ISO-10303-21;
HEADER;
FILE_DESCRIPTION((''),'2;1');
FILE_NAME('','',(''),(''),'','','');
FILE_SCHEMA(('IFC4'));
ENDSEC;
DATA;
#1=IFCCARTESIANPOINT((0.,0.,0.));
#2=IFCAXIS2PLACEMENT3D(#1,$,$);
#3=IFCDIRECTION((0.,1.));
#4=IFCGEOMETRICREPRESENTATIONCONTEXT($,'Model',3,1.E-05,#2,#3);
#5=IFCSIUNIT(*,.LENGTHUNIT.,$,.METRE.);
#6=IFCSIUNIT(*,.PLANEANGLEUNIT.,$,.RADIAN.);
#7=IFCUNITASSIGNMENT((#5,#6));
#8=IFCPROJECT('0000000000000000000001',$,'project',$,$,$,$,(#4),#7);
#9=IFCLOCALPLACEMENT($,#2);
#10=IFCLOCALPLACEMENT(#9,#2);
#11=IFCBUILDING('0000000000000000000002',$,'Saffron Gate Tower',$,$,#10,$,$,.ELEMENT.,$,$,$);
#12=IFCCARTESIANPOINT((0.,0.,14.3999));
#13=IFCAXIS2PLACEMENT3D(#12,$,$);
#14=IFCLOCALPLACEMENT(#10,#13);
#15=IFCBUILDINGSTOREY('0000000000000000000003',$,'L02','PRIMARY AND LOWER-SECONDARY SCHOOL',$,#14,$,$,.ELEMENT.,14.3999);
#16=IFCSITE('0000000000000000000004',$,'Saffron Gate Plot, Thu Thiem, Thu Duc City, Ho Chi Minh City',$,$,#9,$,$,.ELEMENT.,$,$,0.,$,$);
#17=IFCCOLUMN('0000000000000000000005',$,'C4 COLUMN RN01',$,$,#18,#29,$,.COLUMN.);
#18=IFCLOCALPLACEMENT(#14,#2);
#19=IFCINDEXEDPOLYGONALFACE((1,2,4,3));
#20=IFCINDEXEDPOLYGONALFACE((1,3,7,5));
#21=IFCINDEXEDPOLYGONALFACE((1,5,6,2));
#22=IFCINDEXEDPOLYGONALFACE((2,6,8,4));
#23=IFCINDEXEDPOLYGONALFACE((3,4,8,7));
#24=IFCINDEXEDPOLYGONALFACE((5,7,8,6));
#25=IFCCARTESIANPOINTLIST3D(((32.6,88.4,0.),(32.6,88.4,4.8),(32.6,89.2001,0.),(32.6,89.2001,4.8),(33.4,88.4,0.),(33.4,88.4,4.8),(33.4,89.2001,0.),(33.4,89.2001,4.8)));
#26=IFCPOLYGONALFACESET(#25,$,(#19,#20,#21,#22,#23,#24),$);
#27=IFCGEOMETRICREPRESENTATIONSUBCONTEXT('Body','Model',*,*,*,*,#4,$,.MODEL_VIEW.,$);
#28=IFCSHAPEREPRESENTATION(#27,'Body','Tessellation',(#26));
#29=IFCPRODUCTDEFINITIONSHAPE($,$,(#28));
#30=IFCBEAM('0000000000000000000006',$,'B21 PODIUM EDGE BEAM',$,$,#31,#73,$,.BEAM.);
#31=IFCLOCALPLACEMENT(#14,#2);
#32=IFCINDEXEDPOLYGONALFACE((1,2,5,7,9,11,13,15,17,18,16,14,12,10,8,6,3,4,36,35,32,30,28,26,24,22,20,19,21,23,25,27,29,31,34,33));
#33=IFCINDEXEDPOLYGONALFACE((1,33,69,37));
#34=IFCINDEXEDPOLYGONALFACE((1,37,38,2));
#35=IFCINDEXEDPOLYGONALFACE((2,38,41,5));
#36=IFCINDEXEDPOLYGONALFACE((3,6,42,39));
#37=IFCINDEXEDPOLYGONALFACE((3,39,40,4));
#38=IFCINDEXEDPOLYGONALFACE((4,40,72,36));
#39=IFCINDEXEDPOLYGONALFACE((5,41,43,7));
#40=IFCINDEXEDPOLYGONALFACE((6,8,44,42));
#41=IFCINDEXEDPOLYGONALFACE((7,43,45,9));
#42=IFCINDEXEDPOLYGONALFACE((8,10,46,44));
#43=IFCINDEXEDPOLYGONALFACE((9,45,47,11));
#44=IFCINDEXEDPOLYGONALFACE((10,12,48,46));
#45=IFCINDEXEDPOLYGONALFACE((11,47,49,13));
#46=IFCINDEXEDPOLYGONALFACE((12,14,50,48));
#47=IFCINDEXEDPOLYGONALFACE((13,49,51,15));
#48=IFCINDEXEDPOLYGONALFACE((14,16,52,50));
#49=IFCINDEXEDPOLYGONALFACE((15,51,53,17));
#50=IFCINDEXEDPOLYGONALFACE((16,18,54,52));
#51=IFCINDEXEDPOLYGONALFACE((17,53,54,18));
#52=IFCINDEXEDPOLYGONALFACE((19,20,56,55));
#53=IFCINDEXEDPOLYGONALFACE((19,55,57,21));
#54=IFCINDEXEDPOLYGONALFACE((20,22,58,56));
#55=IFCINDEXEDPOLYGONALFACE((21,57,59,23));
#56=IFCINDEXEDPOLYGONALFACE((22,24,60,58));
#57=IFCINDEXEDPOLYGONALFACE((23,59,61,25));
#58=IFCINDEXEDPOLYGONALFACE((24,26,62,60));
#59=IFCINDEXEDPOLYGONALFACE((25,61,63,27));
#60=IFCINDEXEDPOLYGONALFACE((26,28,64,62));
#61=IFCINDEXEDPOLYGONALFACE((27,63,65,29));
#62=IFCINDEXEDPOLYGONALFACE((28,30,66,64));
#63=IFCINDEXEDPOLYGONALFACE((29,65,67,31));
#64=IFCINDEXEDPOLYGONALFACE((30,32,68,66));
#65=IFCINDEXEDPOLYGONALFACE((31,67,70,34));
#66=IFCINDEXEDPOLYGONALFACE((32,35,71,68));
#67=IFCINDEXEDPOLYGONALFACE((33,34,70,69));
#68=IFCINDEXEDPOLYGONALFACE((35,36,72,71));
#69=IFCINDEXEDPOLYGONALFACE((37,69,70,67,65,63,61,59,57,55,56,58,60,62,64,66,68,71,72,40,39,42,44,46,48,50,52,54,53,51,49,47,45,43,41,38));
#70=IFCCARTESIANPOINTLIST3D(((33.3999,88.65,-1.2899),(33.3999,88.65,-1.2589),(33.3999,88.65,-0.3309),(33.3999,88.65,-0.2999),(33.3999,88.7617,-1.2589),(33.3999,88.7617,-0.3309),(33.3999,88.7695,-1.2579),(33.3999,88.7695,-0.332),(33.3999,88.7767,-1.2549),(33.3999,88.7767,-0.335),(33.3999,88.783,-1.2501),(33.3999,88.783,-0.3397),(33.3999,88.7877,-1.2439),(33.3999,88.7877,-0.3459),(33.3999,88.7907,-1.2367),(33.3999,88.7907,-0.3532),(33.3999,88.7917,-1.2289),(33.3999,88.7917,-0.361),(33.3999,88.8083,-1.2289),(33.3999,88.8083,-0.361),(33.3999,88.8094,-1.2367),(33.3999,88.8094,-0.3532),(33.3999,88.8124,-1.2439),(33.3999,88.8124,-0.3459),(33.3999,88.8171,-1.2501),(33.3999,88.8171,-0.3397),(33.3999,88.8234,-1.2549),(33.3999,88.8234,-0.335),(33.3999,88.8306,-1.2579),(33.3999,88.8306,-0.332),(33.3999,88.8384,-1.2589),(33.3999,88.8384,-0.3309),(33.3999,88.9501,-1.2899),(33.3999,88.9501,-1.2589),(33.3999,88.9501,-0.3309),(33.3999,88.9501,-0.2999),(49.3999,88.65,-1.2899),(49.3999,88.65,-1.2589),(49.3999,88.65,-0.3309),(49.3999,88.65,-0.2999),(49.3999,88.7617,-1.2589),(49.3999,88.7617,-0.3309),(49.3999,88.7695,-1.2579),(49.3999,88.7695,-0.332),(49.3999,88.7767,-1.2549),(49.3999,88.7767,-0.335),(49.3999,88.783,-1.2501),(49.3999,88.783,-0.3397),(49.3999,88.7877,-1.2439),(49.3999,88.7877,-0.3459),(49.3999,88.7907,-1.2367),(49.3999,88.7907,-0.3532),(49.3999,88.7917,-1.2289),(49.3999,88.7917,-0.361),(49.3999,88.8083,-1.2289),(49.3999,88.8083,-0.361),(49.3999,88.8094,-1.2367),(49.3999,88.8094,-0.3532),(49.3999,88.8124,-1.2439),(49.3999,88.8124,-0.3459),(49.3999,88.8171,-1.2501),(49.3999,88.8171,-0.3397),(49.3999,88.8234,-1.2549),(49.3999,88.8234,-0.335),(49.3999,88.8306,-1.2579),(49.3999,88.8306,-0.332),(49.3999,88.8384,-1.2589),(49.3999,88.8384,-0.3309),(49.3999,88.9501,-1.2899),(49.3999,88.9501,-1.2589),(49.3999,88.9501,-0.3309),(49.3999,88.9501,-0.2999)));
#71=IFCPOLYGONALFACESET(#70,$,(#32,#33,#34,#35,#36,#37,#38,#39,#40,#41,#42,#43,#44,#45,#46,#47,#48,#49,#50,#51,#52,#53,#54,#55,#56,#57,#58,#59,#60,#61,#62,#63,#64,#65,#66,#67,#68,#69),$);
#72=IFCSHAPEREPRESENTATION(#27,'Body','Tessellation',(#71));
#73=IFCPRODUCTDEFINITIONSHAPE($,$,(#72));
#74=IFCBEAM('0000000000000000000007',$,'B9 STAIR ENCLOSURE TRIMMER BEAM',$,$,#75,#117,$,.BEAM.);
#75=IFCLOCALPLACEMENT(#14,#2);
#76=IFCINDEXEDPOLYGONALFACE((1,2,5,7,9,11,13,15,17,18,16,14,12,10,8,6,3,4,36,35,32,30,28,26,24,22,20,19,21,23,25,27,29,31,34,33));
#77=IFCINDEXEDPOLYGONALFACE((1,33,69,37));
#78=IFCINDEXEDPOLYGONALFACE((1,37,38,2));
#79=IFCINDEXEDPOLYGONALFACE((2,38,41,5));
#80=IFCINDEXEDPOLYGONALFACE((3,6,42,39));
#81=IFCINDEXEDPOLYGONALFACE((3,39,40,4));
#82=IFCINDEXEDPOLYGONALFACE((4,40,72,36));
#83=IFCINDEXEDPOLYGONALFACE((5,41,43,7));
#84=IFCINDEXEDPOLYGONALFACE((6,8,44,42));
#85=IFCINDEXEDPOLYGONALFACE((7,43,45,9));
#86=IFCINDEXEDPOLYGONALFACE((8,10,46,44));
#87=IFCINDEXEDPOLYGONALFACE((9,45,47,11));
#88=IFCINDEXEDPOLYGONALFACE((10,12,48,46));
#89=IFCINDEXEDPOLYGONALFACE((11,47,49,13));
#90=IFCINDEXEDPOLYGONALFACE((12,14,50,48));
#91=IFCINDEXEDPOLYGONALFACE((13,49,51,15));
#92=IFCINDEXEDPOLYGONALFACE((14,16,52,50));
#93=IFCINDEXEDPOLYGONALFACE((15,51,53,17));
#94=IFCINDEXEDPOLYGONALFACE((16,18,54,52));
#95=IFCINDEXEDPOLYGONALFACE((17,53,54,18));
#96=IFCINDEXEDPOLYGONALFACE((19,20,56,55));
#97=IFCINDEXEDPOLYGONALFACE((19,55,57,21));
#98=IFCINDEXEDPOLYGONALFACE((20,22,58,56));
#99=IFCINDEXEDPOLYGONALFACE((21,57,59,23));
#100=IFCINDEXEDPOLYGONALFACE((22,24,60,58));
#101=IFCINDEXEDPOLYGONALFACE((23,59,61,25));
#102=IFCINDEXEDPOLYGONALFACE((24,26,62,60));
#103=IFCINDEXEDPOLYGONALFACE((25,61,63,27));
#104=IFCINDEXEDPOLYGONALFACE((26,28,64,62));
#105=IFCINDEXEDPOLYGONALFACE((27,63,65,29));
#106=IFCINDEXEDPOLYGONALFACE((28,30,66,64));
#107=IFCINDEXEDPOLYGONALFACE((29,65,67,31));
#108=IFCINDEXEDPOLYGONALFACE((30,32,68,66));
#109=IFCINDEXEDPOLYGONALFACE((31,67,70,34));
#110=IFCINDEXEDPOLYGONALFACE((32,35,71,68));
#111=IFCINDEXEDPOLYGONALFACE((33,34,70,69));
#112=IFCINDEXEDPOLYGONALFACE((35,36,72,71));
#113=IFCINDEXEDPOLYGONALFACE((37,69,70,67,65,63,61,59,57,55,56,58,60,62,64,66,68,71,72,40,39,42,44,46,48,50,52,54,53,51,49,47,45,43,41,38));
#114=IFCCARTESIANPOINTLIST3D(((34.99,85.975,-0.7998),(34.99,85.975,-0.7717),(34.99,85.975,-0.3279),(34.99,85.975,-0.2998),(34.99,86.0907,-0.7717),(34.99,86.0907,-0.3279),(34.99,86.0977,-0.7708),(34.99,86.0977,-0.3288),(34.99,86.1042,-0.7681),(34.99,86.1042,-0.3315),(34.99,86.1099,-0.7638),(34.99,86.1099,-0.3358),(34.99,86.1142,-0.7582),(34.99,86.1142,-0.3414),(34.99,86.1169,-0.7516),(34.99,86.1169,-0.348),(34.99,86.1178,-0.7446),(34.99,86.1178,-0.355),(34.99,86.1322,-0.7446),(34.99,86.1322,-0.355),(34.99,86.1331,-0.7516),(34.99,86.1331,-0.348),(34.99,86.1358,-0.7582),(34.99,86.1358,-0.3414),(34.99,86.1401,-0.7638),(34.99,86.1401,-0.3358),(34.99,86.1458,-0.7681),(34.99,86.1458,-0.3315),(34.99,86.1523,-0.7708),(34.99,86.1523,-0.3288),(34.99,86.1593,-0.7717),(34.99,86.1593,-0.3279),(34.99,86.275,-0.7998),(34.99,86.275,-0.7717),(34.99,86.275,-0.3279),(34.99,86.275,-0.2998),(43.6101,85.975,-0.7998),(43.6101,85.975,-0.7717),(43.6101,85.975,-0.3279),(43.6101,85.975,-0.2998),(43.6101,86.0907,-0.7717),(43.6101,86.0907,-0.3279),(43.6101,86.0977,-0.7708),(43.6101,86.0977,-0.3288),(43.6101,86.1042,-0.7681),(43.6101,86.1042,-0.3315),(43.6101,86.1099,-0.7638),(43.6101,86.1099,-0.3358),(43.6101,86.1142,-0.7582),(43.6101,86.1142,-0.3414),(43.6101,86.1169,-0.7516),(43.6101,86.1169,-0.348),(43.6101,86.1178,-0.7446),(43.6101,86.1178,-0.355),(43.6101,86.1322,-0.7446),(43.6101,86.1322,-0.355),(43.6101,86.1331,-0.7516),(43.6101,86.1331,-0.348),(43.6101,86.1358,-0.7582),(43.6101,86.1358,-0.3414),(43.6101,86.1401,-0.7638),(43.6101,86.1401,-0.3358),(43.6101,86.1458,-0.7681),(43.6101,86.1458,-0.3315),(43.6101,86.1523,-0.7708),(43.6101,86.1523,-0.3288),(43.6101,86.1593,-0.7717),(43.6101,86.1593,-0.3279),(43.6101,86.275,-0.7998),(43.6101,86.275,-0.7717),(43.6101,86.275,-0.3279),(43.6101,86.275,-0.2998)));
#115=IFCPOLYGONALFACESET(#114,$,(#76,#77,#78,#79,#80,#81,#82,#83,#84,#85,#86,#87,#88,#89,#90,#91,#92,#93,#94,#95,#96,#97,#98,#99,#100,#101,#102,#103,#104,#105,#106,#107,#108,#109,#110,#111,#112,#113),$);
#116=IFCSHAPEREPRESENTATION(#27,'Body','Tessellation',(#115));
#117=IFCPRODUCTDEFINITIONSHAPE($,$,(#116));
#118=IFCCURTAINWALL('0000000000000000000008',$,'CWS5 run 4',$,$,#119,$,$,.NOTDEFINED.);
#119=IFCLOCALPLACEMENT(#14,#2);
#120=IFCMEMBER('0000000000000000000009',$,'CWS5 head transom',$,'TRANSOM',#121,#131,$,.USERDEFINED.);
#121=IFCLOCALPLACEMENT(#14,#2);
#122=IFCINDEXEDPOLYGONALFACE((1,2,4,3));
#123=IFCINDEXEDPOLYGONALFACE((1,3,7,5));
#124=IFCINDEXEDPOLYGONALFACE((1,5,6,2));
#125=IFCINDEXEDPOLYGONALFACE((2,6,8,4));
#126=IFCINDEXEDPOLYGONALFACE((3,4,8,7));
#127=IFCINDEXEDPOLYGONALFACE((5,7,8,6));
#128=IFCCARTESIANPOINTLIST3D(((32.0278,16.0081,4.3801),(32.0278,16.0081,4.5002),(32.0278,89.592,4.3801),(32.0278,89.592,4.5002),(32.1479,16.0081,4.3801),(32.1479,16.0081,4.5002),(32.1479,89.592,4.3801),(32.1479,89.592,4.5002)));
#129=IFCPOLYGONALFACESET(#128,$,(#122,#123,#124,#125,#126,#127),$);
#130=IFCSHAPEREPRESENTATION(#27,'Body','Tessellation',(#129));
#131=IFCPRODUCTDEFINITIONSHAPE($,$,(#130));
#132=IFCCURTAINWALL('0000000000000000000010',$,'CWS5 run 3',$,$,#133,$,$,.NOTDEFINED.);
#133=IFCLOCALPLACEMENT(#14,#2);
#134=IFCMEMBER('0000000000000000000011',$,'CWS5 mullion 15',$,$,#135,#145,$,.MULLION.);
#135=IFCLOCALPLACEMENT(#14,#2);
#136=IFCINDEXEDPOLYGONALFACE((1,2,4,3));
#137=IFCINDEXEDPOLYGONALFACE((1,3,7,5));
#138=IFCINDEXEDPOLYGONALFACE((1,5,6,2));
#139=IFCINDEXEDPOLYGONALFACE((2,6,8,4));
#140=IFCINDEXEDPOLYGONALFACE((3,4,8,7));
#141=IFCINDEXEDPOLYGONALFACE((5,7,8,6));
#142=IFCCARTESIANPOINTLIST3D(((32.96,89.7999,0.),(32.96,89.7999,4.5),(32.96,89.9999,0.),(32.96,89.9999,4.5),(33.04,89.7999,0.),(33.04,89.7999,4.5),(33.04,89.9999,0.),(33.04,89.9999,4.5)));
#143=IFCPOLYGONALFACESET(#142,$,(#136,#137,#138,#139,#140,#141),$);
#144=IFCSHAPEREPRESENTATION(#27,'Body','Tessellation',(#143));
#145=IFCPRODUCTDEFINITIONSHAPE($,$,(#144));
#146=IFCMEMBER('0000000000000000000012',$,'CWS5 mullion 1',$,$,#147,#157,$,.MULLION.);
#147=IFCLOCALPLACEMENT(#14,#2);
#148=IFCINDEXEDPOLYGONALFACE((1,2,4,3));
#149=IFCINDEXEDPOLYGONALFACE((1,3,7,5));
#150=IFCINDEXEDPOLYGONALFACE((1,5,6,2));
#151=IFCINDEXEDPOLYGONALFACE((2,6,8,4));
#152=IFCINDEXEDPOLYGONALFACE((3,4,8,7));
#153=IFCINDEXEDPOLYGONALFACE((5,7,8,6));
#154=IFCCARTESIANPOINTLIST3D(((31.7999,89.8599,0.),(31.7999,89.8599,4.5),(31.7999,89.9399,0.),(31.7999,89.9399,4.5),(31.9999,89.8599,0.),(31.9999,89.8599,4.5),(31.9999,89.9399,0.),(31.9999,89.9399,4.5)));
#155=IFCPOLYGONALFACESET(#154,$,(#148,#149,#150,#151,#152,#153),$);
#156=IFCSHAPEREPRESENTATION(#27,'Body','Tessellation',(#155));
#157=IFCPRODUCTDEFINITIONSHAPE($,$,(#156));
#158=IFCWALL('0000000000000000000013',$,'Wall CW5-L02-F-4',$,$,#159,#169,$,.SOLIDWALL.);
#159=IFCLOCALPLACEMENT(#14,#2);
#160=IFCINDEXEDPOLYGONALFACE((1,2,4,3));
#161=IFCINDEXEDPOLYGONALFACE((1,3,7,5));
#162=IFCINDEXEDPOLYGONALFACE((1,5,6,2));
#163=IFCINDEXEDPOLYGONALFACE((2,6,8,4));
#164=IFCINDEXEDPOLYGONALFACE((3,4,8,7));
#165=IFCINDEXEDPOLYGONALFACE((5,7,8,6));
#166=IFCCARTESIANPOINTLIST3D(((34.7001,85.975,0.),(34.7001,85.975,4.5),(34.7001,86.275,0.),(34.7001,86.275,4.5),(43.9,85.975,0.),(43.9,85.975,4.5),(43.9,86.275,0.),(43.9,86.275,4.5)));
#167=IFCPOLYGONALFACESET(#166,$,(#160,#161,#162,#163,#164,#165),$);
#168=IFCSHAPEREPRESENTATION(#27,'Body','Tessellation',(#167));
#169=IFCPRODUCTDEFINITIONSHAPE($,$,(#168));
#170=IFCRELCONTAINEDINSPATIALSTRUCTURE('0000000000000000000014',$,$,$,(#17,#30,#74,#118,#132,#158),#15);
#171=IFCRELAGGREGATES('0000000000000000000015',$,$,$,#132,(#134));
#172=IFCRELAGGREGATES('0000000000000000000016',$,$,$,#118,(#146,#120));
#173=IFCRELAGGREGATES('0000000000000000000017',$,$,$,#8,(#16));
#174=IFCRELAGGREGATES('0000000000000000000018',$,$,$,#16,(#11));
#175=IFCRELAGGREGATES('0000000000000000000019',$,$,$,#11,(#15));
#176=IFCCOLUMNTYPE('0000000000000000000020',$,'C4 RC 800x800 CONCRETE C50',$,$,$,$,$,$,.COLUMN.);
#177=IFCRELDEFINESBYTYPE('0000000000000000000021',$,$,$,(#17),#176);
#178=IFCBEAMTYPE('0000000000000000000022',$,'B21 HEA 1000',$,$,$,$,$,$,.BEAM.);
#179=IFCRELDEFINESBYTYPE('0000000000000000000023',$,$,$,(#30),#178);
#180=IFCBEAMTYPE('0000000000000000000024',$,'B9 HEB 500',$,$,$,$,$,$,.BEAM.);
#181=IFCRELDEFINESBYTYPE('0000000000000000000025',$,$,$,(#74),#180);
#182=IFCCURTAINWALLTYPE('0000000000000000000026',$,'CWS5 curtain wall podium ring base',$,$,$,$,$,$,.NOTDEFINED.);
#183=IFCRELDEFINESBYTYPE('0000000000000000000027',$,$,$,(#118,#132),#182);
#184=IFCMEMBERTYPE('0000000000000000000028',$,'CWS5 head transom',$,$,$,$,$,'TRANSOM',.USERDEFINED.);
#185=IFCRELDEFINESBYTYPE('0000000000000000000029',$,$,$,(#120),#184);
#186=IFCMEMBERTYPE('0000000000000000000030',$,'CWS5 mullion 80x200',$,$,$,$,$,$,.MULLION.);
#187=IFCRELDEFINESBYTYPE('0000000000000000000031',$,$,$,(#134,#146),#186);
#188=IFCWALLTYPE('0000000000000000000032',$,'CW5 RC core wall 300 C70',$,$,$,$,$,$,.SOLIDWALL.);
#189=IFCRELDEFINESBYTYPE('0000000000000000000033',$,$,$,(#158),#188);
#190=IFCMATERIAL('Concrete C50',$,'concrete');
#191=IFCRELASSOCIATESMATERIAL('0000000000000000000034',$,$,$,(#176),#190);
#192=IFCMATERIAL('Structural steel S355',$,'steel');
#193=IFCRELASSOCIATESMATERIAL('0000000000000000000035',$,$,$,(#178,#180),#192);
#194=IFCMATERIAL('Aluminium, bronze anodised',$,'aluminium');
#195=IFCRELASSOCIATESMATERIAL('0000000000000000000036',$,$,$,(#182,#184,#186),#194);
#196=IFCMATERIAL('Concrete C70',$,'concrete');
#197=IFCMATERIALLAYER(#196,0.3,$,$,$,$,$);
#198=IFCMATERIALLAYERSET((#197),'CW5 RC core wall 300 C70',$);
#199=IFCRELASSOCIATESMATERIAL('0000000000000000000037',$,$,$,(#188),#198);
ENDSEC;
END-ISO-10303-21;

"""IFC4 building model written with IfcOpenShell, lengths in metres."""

from ifc_helpers import new_model, si_unit, direction, frame, frame_2d, origin, origin_2d, place, context, subcontext, project, spatial, rectangle, i_section, extrude, material, layer, layer_set, material_profile, profile_set, type_object, element, aggregate, save


model = new_model("IFC4")

# Units and contexts
model_context = context("Model", 3, precision=1e-05, world=origin(), true_north=direction((0.0, 1.0)))
body_context = subcontext(model_context, "Body", "Model", "MODEL_VIEW")
ifc_project = project(units=[si_unit("LENGTHUNIT", "METRE"), si_unit("PLANEANGLEUNIT", "RADIAN")], contexts=[model_context])

# Site, building, storey
site_placement = place(None, origin())
site = spatial("IfcSite", under=ifc_project, at=site_placement, Name="Saffron Gate Plot, Thu Thiem, Thu Duc City, Ho Chi Minh City", CompositionType="ELEMENT", RefElevation=0.0)
building_placement = place(site_placement, origin())
building = spatial("IfcBuilding", under=site, at=building_placement, Name="Saffron Gate Tower", CompositionType="ELEMENT")
storey_placement = place(building_placement, frame((0.0, 0.0, 14.3999)))
storey = spatial("IfcBuildingStorey", under=building, at=storey_placement, Name="L02", Description="PRIMARY AND LOWER-SECONDARY SCHOOL", CompositionType="ELEMENT", Elevation=14.3999)

# Column
ifc_material_1 = material(Name="Concrete C50", Category="concrete")
ifc_material_profile_1 = material_profile(ifc_material_1, rectangle(XDim=0.8, YDim=0.8, at=origin_2d()))
ifc_profile_set_1 = profile_set([ifc_material_profile_1], Name="Concrete C50")
column_type = type_object("IfcColumnType", Name="C4 RC 800x800 CONCRETE C50", PredefinedType="COLUMN", material=ifc_profile_set_1)
column_placement = place(storey_placement, frame((33.0, 88.8, 0.0), z_axis=(0.0, 0.0, 1.0), x_axis=(1.0, 0.0, 0.0)))
element("IfcColumn", 1, at=column_placement, inside=storey, type_object=column_type, Name="C4 COLUMN RN01", PredefinedType="COLUMN", context=body_context, shape_type="SweptSolid", body=[
    extrude(rectangle(XDim=0.8, YDim=0.8, at=origin_2d()), origin(), (0.0, 0.0, 1.0), 4.8),
])

# Beams
ifc_material_2 = material(Name="Structural steel S355", Category="steel")
ifc_material_profile_2 = material_profile(ifc_material_2, i_section(OverallWidth=0.3, OverallDepth=0.99, WebThickness=0.0166, FlangeThickness=0.031, FilletRadius=0.03, at=origin_2d()))
ifc_profile_set_2 = profile_set([ifc_material_profile_2], Name="Structural steel S355")
beam_type_1 = type_object("IfcBeamType", Name="B21 HEA 1000", PredefinedType="BEAM", material=ifc_profile_set_2)
beam_1_placement = place(storey_placement, frame((33.3999, 88.8, -0.7949), z_axis=(1.0, 0.0, 0.0), x_axis=(0.0, 1.0, 0.0)))
element("IfcBeam", 2, at=beam_1_placement, inside=storey, type_object=beam_type_1, Name="B21 PODIUM EDGE BEAM", PredefinedType="BEAM", context=body_context, shape_type="SweptSolid", body=[
    extrude(i_section(OverallWidth=0.3, OverallDepth=0.99, WebThickness=0.0166, FlangeThickness=0.031, FilletRadius=0.03, at=origin_2d()), origin(), (0.0, 0.0, 1.0), 16.0),
])
ifc_material_profile_3 = material_profile(ifc_material_2, i_section(OverallWidth=0.3, OverallDepth=0.5, WebThickness=0.0144, FlangeThickness=0.0281, FilletRadius=0.0271, at=origin_2d()))
ifc_profile_set_3 = profile_set([ifc_material_profile_3], Name="Structural steel S355")
beam_type_2 = type_object("IfcBeamType", Name="B9 HEB 500", PredefinedType="BEAM", material=ifc_profile_set_3)
beam_2_placement = place(storey_placement, frame((34.99, 86.125, -0.5498), z_axis=(1.0, 0.0, 0.0), x_axis=(0.0, 1.0, 0.0)))
element("IfcBeam", 3, at=beam_2_placement, inside=storey, type_object=beam_type_2, Name="B9 STAIR ENCLOSURE TRIMMER BEAM", PredefinedType="BEAM", context=body_context, shape_type="SweptSolid", body=[
    extrude(i_section(OverallWidth=0.3, OverallDepth=0.5, WebThickness=0.0144, FlangeThickness=0.0281, FilletRadius=0.0271, at=origin_2d()), origin(), (0.0, 0.0, 1.0), 8.6201),
])

# Curtain walls, members
ifc_material_3 = material(Name="Aluminium, bronze anodised", Category="aluminium")
curtain_wall_type = type_object("IfcCurtainWallType", Name="CWS5 curtain wall podium ring base", PredefinedType="NOTDEFINED", material=ifc_material_3)
curtain_wall_1_placement = place(storey_placement, origin())
curtain_wall_1 = element("IfcCurtainWall", 4, at=curtain_wall_1_placement, inside=storey, type_object=curtain_wall_type, Name="CWS5 run 4", PredefinedType="NOTDEFINED")
ifc_material_profile_4 = material_profile(ifc_material_3, rectangle(XDim=0.1201, YDim=0.1201, at=origin_2d()))
ifc_profile_set_4 = profile_set([ifc_material_profile_4], Name="Aluminium, bronze anodised")
member_type_1 = type_object("IfcMemberType", Name="CWS5 head transom", ElementType="TRANSOM", PredefinedType="USERDEFINED", material=ifc_profile_set_4)
member_1_placement = place(storey_placement, frame((32.0879, 89.592, 4.4402), z_axis=(0.0, -1.0, 0.0), x_axis=(1.0, 0.0, 0.0)))
member_1 = element("IfcMember", 5, at=member_1_placement, type_object=member_type_1, Name="CWS5 head transom", ObjectType="TRANSOM", PredefinedType="USERDEFINED", context=body_context, shape_type="SweptSolid", body=[
    extrude(rectangle(XDim=0.1201, YDim=0.1201, at=origin_2d()), origin(), (0.0, 0.0, 1.0), 73.584),
])
curtain_wall_2_placement = place(storey_placement, origin())
curtain_wall_2 = element("IfcCurtainWall", 6, at=curtain_wall_2_placement, inside=storey, type_object=curtain_wall_type, Name="CWS5 run 3", PredefinedType="NOTDEFINED")
ifc_material_profile_5 = material_profile(ifc_material_3, rectangle(XDim=0.2, YDim=0.0801, at=origin_2d()))
ifc_profile_set_5 = profile_set([ifc_material_profile_5], Name="Aluminium, bronze anodised")
member_type_2 = type_object("IfcMemberType", Name="CWS5 mullion 80x200", PredefinedType="MULLION", material=ifc_profile_set_5)
member_2_placement = place(storey_placement, frame((33.0, 89.8999, 0.0), z_axis=(0.0, 0.0, 1.0), x_axis=(0.0, -1.0, 0.0)))
member_2 = element("IfcMember", 7, at=member_2_placement, type_object=member_type_2, Name="CWS5 mullion 15", PredefinedType="MULLION", context=body_context, shape_type="SweptSolid", body=[
    extrude(rectangle(XDim=0.2, YDim=0.0801, at=origin_2d()), origin(), (0.0, 0.0, 1.0), 4.5),
])
aggregate(curtain_wall_2, [member_2])

# Member
member_3_placement = place(storey_placement, frame((31.8999, 89.8999, 0.0), z_axis=(0.0, 0.0, 1.0), x_axis=(1.0, 0.0, 0.0)))
member_3 = element("IfcMember", 8, at=member_3_placement, type_object=member_type_2, Name="CWS5 mullion 1", PredefinedType="MULLION", context=body_context, shape_type="SweptSolid", body=[
    extrude(rectangle(XDim=0.2, YDim=0.0801, at=origin_2d()), origin(), (0.0, 0.0, 1.0), 4.5),
])

aggregate(curtain_wall_1, [member_3, member_1])

# Wall
ifc_material_4 = material(Name="Concrete C70", Category="concrete")
ifc_layer_1 = layer(ifc_material_4, 0.3)
ifc_layer_set_1 = layer_set([ifc_layer_1], Name="CW5 RC core wall 300 C70")
wall_type = type_object("IfcWallType", Name="CW5 RC core wall 300 C70", PredefinedType="SOLIDWALL", material=ifc_layer_set_1)
wall_placement = place(storey_placement, frame((34.7, 86.125, 0.0), z_axis=(0.0, 0.0, 1.0), x_axis=(1.0, 0.0, 0.0)))
element("IfcWall", 9, at=wall_placement, inside=storey, type_object=wall_type, Name="Wall CW5-L02-F-4", PredefinedType="SOLIDWALL", context=body_context, shape_type="SweptSolid", body=[
    extrude(rectangle(XDim=9.2, YDim=0.3, at=frame_2d((4.6001, 0.0))), origin(), (0.0, 0.0, 1.0), 4.5),
])

save(model, "model.ifc")
